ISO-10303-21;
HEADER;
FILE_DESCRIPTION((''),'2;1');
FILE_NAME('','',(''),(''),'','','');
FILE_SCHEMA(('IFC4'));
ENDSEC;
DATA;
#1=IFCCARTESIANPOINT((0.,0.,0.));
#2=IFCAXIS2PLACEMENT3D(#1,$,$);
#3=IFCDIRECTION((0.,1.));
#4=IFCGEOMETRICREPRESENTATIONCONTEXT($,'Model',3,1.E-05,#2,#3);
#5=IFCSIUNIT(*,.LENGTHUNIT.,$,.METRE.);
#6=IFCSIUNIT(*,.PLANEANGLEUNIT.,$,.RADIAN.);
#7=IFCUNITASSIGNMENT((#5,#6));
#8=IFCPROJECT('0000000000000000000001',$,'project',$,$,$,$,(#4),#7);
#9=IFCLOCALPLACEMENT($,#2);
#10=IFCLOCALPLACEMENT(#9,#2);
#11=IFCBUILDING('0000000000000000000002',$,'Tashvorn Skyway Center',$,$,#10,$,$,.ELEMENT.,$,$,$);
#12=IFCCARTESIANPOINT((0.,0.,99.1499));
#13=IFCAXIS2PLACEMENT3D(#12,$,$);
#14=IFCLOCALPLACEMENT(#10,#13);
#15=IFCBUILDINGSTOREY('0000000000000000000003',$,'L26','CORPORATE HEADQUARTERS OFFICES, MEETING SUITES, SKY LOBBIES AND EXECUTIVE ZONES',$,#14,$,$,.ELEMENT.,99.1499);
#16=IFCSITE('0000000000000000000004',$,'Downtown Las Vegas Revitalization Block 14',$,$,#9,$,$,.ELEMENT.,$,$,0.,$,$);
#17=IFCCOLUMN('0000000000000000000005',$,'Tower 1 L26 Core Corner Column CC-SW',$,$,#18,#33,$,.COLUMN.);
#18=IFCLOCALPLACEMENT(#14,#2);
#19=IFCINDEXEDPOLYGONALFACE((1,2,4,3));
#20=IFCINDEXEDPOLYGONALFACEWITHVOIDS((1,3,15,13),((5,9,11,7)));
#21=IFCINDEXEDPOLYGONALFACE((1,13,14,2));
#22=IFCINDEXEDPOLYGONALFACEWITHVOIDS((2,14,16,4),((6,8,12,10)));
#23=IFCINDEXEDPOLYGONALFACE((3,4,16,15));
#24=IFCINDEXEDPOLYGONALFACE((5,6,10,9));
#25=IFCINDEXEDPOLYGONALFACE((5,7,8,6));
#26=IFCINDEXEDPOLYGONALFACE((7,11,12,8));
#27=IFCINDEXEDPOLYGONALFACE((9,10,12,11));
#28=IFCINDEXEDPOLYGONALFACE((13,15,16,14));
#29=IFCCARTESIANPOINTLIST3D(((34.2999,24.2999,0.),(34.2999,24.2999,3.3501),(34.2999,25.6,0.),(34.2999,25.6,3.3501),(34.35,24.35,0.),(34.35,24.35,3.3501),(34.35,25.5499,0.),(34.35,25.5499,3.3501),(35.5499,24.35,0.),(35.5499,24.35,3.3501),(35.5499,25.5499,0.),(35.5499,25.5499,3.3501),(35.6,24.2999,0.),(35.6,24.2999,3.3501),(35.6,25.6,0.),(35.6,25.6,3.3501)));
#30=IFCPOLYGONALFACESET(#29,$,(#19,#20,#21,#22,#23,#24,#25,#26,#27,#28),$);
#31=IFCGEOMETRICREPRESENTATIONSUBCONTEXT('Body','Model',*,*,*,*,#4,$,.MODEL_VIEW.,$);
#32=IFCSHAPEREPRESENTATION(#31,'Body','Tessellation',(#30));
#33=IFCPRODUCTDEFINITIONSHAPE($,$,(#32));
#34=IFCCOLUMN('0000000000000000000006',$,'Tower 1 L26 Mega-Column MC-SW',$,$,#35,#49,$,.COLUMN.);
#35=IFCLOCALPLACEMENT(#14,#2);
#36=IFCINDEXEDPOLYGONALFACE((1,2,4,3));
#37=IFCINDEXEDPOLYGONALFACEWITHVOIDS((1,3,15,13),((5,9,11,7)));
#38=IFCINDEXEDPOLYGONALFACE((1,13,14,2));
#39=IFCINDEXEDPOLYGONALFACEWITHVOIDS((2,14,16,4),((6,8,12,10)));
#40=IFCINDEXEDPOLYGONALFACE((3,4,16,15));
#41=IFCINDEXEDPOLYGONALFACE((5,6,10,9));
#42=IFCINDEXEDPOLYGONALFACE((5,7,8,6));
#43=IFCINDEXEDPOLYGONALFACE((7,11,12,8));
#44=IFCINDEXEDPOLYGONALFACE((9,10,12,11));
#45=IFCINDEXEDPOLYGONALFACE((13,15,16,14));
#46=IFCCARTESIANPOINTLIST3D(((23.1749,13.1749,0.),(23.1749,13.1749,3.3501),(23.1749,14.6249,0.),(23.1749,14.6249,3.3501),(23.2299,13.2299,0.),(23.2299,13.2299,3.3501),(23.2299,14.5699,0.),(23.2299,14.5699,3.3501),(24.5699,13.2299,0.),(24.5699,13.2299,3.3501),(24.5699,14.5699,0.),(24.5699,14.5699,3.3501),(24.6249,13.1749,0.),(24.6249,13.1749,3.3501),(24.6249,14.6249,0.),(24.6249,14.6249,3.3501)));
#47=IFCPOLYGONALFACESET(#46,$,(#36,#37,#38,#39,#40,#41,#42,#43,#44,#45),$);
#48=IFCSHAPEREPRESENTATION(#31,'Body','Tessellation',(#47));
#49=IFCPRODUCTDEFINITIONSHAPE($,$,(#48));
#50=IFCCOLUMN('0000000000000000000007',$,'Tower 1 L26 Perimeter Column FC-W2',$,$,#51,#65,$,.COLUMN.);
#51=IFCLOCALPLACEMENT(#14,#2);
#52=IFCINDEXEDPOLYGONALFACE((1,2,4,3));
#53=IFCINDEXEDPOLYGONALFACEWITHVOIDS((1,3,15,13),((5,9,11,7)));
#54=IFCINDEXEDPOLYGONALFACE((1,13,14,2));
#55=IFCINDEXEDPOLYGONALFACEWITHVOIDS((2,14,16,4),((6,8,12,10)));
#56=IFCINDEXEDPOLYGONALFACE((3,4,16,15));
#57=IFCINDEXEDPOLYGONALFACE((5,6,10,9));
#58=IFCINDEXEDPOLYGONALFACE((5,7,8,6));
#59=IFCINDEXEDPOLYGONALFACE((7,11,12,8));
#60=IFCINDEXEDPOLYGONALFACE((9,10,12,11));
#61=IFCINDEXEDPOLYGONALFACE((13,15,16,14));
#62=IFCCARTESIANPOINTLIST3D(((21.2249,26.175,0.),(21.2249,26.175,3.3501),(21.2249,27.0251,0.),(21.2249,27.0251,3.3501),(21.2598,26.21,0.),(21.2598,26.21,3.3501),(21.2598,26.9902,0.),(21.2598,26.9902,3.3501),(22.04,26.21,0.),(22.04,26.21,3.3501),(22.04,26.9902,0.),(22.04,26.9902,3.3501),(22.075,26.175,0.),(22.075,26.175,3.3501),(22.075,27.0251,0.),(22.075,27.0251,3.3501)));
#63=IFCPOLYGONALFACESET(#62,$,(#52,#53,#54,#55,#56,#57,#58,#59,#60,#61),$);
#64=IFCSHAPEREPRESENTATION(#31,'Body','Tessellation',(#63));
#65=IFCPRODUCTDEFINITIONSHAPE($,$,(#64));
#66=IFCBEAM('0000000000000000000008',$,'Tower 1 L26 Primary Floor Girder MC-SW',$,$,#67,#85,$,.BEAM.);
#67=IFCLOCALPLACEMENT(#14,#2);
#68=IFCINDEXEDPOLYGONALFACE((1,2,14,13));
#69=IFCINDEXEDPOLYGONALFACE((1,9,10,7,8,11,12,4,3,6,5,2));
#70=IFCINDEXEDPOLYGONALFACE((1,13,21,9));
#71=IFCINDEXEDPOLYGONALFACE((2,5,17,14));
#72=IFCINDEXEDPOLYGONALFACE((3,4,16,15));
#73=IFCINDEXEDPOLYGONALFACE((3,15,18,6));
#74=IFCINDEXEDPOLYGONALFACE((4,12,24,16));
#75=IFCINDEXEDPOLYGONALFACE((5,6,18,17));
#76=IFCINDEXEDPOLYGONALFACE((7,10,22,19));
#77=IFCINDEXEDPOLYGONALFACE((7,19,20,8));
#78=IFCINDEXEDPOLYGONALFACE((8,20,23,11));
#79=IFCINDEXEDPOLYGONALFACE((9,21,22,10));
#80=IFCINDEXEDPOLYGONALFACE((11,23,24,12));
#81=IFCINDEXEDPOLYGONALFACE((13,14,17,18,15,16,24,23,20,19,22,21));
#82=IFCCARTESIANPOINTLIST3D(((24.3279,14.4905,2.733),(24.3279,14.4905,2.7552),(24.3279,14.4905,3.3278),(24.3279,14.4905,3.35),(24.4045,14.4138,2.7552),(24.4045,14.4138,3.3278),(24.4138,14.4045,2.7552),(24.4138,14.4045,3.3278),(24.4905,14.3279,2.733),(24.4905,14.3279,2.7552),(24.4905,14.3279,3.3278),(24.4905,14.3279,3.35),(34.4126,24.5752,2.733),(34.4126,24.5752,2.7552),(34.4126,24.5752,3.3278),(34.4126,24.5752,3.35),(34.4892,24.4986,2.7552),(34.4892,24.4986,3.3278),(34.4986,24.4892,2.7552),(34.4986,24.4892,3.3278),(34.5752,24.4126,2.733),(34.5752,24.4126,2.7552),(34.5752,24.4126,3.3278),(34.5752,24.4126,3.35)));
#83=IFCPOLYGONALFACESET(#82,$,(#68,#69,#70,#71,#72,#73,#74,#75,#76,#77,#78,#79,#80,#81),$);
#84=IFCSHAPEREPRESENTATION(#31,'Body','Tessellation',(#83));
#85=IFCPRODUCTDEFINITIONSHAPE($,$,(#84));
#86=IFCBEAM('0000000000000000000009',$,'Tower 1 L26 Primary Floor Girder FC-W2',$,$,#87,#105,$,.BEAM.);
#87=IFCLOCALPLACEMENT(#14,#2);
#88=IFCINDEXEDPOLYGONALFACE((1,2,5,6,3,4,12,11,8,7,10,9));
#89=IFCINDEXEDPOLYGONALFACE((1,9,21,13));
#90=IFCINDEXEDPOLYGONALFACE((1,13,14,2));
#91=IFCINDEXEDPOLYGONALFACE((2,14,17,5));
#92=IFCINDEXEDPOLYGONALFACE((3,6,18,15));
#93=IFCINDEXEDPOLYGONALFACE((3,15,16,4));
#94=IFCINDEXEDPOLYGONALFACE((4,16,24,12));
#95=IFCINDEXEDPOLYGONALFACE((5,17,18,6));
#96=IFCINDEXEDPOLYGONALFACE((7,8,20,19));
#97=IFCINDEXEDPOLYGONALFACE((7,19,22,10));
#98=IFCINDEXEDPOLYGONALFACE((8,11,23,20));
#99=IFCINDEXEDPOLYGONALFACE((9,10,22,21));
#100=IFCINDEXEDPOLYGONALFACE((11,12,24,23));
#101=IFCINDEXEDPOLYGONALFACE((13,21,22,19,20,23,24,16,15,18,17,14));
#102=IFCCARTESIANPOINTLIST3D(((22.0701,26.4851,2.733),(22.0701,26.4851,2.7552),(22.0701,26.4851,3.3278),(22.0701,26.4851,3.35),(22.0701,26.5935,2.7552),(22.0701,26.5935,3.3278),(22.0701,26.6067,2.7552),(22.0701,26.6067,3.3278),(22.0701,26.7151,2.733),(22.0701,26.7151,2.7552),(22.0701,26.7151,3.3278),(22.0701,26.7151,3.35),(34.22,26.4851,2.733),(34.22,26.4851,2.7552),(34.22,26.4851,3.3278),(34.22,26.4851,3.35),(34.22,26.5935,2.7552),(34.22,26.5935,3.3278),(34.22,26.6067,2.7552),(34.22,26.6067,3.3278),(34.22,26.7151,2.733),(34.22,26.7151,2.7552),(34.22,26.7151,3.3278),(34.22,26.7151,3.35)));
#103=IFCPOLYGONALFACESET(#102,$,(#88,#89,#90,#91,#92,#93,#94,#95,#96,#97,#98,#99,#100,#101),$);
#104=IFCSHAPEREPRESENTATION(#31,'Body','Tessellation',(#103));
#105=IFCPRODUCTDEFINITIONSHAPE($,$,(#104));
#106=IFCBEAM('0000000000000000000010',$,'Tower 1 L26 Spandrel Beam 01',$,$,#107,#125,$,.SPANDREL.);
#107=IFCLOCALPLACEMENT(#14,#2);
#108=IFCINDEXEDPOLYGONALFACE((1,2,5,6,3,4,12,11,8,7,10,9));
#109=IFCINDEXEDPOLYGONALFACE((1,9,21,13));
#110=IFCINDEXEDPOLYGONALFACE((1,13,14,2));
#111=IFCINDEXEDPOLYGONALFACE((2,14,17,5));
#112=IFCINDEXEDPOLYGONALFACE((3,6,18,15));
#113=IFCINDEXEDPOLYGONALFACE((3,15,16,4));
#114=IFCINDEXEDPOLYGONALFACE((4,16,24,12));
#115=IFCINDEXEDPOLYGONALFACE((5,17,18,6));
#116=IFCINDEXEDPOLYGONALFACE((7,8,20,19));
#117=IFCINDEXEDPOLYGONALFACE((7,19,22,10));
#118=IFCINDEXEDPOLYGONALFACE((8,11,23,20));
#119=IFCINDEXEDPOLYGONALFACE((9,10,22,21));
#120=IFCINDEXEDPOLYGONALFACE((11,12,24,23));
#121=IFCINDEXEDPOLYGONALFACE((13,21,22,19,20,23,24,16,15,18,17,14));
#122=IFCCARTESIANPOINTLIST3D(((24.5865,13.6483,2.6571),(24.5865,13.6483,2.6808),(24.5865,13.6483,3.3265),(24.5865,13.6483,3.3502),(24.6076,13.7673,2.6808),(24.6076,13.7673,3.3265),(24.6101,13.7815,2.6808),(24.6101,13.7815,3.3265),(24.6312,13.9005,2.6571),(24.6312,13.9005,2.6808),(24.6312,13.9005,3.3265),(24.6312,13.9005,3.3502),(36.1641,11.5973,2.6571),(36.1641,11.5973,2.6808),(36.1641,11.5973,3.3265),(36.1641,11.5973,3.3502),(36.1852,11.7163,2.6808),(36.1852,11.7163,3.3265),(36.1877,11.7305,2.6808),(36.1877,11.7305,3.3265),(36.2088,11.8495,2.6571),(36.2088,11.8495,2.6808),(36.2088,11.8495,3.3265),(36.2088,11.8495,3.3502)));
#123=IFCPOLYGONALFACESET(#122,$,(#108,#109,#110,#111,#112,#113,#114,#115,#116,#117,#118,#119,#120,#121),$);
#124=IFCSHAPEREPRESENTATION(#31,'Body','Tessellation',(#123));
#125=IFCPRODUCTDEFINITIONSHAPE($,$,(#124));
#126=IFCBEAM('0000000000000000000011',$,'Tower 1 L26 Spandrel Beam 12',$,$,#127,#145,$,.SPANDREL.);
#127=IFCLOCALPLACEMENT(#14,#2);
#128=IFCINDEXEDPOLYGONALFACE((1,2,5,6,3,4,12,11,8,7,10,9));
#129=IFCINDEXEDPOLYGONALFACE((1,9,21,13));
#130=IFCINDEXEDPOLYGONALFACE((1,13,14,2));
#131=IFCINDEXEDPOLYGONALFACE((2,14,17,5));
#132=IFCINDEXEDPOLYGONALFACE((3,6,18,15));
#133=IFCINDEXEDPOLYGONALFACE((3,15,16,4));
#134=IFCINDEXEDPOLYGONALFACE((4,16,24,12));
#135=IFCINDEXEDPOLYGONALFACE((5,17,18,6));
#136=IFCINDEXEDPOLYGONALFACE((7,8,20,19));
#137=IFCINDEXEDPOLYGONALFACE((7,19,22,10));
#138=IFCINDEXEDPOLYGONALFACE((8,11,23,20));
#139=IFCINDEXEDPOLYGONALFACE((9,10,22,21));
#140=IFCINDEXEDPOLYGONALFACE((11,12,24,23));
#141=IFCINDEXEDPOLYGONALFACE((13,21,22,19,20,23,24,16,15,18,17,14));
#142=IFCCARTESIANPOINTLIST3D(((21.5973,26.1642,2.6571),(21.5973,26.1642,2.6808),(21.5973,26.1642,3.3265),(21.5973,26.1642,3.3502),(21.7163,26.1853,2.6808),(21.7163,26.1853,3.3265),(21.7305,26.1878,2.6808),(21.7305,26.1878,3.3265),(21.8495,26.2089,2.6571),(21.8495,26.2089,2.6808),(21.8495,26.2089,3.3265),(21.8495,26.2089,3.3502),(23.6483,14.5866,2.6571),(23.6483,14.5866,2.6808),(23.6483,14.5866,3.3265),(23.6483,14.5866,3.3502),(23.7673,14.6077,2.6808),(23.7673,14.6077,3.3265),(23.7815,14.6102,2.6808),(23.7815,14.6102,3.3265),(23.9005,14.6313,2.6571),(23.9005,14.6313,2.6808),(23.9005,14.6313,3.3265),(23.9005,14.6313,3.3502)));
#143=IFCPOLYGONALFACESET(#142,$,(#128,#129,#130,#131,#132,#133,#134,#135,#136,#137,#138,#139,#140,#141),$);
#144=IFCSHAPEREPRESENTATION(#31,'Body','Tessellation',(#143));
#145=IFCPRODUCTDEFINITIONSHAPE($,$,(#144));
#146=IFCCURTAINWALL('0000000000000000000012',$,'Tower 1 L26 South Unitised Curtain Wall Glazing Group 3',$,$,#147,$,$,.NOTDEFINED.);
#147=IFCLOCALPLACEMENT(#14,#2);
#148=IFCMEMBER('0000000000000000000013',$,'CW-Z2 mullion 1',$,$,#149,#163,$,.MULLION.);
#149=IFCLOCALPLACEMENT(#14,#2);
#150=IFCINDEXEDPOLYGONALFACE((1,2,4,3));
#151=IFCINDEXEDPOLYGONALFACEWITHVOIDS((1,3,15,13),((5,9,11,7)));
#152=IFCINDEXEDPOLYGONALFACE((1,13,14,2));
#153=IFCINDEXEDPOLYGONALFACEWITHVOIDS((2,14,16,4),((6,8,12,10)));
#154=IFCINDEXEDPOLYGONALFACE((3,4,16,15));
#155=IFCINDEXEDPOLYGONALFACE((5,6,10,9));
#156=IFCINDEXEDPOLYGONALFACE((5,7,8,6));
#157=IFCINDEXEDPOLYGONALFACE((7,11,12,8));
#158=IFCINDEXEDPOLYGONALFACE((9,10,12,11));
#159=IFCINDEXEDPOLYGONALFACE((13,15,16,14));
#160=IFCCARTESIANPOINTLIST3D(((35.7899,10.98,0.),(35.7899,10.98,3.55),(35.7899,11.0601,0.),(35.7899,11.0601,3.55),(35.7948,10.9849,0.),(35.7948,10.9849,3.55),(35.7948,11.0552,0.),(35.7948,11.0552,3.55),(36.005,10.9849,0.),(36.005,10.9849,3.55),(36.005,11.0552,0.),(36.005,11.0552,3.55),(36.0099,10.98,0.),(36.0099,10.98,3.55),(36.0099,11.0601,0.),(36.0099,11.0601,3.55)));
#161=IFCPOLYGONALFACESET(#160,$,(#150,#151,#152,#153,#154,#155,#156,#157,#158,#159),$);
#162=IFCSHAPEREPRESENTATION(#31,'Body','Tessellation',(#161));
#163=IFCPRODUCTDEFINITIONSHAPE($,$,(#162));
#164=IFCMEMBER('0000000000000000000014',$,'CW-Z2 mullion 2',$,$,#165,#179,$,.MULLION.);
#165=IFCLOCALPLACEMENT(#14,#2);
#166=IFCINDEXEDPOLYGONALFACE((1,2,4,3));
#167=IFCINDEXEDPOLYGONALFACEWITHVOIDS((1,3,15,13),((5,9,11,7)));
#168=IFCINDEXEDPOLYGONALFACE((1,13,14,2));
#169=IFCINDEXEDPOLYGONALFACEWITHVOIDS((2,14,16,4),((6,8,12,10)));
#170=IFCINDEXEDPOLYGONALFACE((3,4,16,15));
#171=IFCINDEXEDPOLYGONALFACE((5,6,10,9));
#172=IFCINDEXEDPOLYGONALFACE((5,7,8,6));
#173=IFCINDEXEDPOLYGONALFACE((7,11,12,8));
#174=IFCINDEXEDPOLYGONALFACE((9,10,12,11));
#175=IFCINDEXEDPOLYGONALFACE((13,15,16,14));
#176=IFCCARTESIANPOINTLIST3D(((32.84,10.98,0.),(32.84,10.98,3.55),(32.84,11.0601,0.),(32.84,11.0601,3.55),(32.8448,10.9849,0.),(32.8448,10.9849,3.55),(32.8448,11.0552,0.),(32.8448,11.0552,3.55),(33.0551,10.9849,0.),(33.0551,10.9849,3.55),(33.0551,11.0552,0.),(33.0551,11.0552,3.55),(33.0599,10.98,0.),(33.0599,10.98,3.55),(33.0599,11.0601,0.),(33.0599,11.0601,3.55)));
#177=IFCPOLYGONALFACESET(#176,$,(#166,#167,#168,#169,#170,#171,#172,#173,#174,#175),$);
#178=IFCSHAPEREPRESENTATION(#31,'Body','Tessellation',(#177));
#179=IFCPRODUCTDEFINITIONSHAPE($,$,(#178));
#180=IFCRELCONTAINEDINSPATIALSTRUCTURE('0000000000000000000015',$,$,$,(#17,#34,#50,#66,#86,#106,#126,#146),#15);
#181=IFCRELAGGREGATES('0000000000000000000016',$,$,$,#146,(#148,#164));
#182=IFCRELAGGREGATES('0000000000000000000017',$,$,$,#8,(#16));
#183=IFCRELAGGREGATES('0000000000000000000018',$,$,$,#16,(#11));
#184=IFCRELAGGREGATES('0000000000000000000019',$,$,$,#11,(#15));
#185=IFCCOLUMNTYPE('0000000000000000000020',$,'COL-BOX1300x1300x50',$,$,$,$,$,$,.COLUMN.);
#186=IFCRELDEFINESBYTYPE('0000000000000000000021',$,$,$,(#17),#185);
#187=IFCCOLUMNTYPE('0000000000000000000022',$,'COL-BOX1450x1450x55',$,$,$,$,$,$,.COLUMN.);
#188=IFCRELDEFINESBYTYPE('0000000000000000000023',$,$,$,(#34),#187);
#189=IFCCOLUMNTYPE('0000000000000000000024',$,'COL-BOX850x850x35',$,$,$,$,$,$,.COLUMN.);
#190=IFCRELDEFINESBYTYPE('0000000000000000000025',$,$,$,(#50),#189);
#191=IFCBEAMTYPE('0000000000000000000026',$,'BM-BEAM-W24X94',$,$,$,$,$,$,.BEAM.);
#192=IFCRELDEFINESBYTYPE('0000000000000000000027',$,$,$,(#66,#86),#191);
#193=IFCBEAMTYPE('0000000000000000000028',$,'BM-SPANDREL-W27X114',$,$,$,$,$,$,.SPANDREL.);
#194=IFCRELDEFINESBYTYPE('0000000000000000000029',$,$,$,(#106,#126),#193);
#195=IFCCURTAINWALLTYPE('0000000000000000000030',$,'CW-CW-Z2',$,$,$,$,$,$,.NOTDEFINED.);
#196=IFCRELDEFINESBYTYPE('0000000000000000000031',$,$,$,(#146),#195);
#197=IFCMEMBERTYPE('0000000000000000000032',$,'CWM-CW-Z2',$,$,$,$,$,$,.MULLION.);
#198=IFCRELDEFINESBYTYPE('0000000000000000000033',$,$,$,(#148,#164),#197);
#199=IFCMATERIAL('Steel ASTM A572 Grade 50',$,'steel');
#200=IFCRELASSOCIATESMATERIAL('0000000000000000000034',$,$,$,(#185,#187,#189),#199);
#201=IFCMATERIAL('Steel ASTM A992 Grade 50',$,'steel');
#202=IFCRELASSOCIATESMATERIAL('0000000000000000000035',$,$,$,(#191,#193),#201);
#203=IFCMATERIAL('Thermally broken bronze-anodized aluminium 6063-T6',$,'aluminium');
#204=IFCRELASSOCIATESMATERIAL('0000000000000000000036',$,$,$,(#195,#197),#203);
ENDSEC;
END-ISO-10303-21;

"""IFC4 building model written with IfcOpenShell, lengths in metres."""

from ifc_helpers import new_model, si_unit, direction, frame, origin, origin_2d, place, context, subcontext, project, spatial, hollow_rectangle, i_section, extrude, material, material_profile, profile_set, type_object, element, aggregate, save


model = new_model("IFC4")

# Units and contexts
model_context = context("Model", 3, precision=1e-05, world=origin(), true_north=direction((0.0, 1.0)))
body_context = subcontext(model_context, "Body", "Model", "MODEL_VIEW")
ifc_project = project(units=[si_unit("LENGTHUNIT", "METRE"), si_unit("PLANEANGLEUNIT", "RADIAN")], contexts=[model_context])

# Site, building, storey
site_placement = place(None, origin())
site = spatial("IfcSite", under=ifc_project, at=site_placement, Name="Downtown Las Vegas Revitalization Block 14", CompositionType="ELEMENT", RefElevation=0.0)
building_placement = place(site_placement, origin())
building = spatial("IfcBuilding", under=site, at=building_placement, Name="Tashvorn Skyway Center", CompositionType="ELEMENT")
storey_placement = place(building_placement, frame((0.0, 0.0, 99.1499)))
storey = spatial("IfcBuildingStorey", under=building, at=storey_placement, Name="L26", Description="CORPORATE HEADQUARTERS OFFICES, MEETING SUITES, SKY LOBBIES AND EXECUTIVE ZONES", CompositionType="ELEMENT", Elevation=99.1499)

# Columns
ifc_material_1 = material(Name="Steel ASTM A572 Grade 50", Category="steel")
ifc_material_profile_1 = material_profile(ifc_material_1, hollow_rectangle(XDim=1.3, YDim=1.3, WallThickness=0.05, at=origin_2d()), Name="BOX1300x1300x50")
ifc_profile_set_1 = profile_set([ifc_material_profile_1], Name="Steel ASTM A572 Grade 50")
column_type_1 = type_object("IfcColumnType", Name="COL-BOX1300x1300x50", PredefinedType="COLUMN", material=ifc_profile_set_1)
column_1_placement = place(storey_placement, frame((34.95, 24.95, 0.0), z_axis=(0.0, 0.0, 1.0), x_axis=(1.0, 0.0, 0.0)))
element("IfcColumn", 1, at=column_1_placement, inside=storey, type_object=column_type_1, Name="Tower 1 L26 Core Corner Column CC-SW", PredefinedType="COLUMN", context=body_context, shape_type="SweptSolid", body=[
    extrude(hollow_rectangle(XDim=1.3, YDim=1.3, WallThickness=0.05, at=origin_2d()), origin(), (0.0, 0.0, 1.0), 3.3501),
])
ifc_material_profile_2 = material_profile(ifc_material_1, hollow_rectangle(XDim=1.45, YDim=1.45, WallThickness=0.0549, at=origin_2d()), Name="BOX1450x1450x55")
ifc_profile_set_2 = profile_set([ifc_material_profile_2], Name="Steel ASTM A572 Grade 50")
column_type_2 = type_object("IfcColumnType", Name="COL-BOX1450x1450x55", PredefinedType="COLUMN", material=ifc_profile_set_2)
column_2_placement = place(storey_placement, frame((23.8999, 13.8999, 0.0), z_axis=(0.0, 0.0, 1.0), x_axis=(1.0, 0.0, 0.0)))
element("IfcColumn", 2, at=column_2_placement, inside=storey, type_object=column_type_2, Name="Tower 1 L26 Mega-Column MC-SW", PredefinedType="COLUMN", context=body_context, shape_type="SweptSolid", body=[
    extrude(hollow_rectangle(XDim=1.45, YDim=1.45, WallThickness=0.0549, at=origin_2d()), origin(), (0.0, 0.0, 1.0), 3.3501),
])
ifc_material_profile_3 = material_profile(ifc_material_1, hollow_rectangle(XDim=0.8501, YDim=0.8501, WallThickness=0.0349, at=origin_2d()), Name="BOX850x850x35")
ifc_profile_set_3 = profile_set([ifc_material_profile_3], Name="Steel ASTM A572 Grade 50")
column_type_3 = type_object("IfcColumnType", Name="COL-BOX850x850x35", PredefinedType="COLUMN", material=ifc_profile_set_3)
column_3_placement = place(storey_placement, frame((21.6499, 26.6001, 0.0), z_axis=(0.0, 0.0, 1.0), x_axis=(1.0, 0.0, 0.0)))
element("IfcColumn", 3, at=column_3_placement, inside=storey, type_object=column_type_3, Name="Tower 1 L26 Perimeter Column FC-W2", PredefinedType="COLUMN", context=body_context, shape_type="SweptSolid", body=[
    extrude(hollow_rectangle(XDim=0.8501, YDim=0.8501, WallThickness=0.0349, at=origin_2d()), origin(), (0.0, 0.0, 1.0), 3.3501),
])

# Beams
ifc_material_2 = material(Name="Steel ASTM A992 Grade 50", Category="steel")
ifc_material_profile_4 = material_profile(ifc_material_2, i_section(OverallWidth=0.23, OverallDepth=0.6169, WebThickness=0.0132, FlangeThickness=0.0222, at=origin_2d()), Name="W24X94")
ifc_profile_set_4 = profile_set([ifc_material_profile_4], Name="Steel ASTM A992 Grade 50")
beam_type_1 = type_object("IfcBeamType", Name="BM-BEAM-W24X94", PredefinedType="BEAM", material=ifc_profile_set_4)
beam_1_placement = place(storey_placement, frame((24.4092, 14.4092, 3.0415), z_axis=(0.707107, 0.707107, 0.0), x_axis=(-0.707107, 0.707107, 0.0)))
element("IfcBeam", 4, at=beam_1_placement, inside=storey, type_object=beam_type_1, Name="Tower 1 L26 Primary Floor Girder MC-SW", PredefinedType="BEAM", context=body_context, shape_type="SweptSolid", body=[
    extrude(i_section(OverallWidth=0.23, OverallDepth=0.6169, WebThickness=0.0132, FlangeThickness=0.0222, at=origin_2d()), origin(), (0.0, 0.0, 1.0), 14.262),
])
beam_2_placement = place(storey_placement, frame((22.0701, 26.6001, 3.0415), z_axis=(1.0, 0.0, 0.0), x_axis=(0.0, 1.0, 0.0)))
element("IfcBeam", 5, at=beam_2_placement, inside=storey, type_object=beam_type_1, Name="Tower 1 L26 Primary Floor Girder FC-W2", PredefinedType="BEAM", context=body_context, shape_type="SweptSolid", body=[
    extrude(i_section(OverallWidth=0.23, OverallDepth=0.6169, WebThickness=0.0132, FlangeThickness=0.0222, at=origin_2d()), origin(), (0.0, 0.0, 1.0), 12.1499),
])
ifc_material_profile_5 = material_profile(ifc_material_2, i_section(OverallWidth=0.2561, OverallDepth=0.6931, WebThickness=0.0144, FlangeThickness=0.0237, at=origin_2d()), Name="W27X114")
ifc_profile_set_5 = profile_set([ifc_material_profile_5], Name="Steel ASTM A992 Grade 50")
beam_type_2 = type_object("IfcBeamType", Name="BM-SPANDREL-W27X114", PredefinedType="SPANDREL", material=ifc_profile_set_5)
for number, where, z_axis, x_axis, name in (
    (6, (24.6089, 13.7744, 3.0037), (0.984668, -0.174438, 0.0), (0.174438, 0.984668, 0.0), "Tower 1 L26 Spandrel Beam 01"),
    (7, (21.7234, 26.1865, 3.0037), (0.174438, -0.984668, 0.0), (0.984668, 0.174438, 0.0), "Tower 1 L26 Spandrel Beam 12"),
):
    element("IfcBeam", number, at=place(storey_placement, frame(where, z_axis=z_axis, x_axis=x_axis)), inside=storey, type_object=beam_type_2, Name=name, PredefinedType="SPANDREL", context=body_context, shape_type="SweptSolid", body=[
        extrude(i_section(OverallWidth=0.2561, OverallDepth=0.6931, WebThickness=0.0144, FlangeThickness=0.0237, at=origin_2d()), origin(), (0.0, 0.0, 1.0), 11.7578),
    ])

# Curtain wall, members
ifc_material_3 = material(Name="Thermally broken bronze-anodized aluminium 6063-T6", Category="aluminium")
curtain_wall_type = type_object("IfcCurtainWallType", Name="CW-CW-Z2", PredefinedType="NOTDEFINED", material=ifc_material_3)
curtain_wall_1_placement = place(storey_placement, origin())
curtain_wall_1 = element("IfcCurtainWall", 8, at=curtain_wall_1_placement, inside=storey, type_object=curtain_wall_type, Name="Tower 1 L26 South Unitised Curtain Wall Glazing Group 3", PredefinedType="NOTDEFINED")
ifc_material_profile_6 = material_profile(ifc_material_3, hollow_rectangle(XDim=0.0801, YDim=0.22, WallThickness=0.0049, at=origin_2d()), Name="ALU-MULL-80x220")
ifc_profile_set_6 = profile_set([ifc_material_profile_6], Name="Thermally broken bronze-anodized aluminium 6063-T6")
member_type_1 = type_object("IfcMemberType", Name="CWM-CW-Z2", PredefinedType="MULLION", material=ifc_profile_set_6)
member_1_placement = place(storey_placement, frame((35.8999, 11.02, 0.0), z_axis=(0.0, 0.0, 1.0), x_axis=(0.0, -1.0, 0.0)))
member_1 = element("IfcMember", 9, at=member_1_placement, type_object=member_type_1, Name="CW-Z2 mullion 1", PredefinedType="MULLION", context=body_context, shape_type="SweptSolid", body=[
    extrude(hollow_rectangle(XDim=0.0801, YDim=0.22, WallThickness=0.0049, at=origin_2d()), origin(), (0.0, 0.0, 1.0), 3.55),
])
member_2_placement = place(storey_placement, frame((32.95, 11.02, 0.0), z_axis=(0.0, 0.0, 1.0), x_axis=(0.0, -1.0, 0.0)))
member_2 = element("IfcMember", 10, at=member_2_placement, type_object=member_type_1, Name="CW-Z2 mullion 2", PredefinedType="MULLION", context=body_context, shape_type="SweptSolid", body=[
    extrude(hollow_rectangle(XDim=0.0801, YDim=0.22, WallThickness=0.0049, at=origin_2d()), origin(), (0.0, 0.0, 1.0), 3.55),
])

aggregate(curtain_wall_1, [member_1, member_2])

save(model, "model.ifc")
